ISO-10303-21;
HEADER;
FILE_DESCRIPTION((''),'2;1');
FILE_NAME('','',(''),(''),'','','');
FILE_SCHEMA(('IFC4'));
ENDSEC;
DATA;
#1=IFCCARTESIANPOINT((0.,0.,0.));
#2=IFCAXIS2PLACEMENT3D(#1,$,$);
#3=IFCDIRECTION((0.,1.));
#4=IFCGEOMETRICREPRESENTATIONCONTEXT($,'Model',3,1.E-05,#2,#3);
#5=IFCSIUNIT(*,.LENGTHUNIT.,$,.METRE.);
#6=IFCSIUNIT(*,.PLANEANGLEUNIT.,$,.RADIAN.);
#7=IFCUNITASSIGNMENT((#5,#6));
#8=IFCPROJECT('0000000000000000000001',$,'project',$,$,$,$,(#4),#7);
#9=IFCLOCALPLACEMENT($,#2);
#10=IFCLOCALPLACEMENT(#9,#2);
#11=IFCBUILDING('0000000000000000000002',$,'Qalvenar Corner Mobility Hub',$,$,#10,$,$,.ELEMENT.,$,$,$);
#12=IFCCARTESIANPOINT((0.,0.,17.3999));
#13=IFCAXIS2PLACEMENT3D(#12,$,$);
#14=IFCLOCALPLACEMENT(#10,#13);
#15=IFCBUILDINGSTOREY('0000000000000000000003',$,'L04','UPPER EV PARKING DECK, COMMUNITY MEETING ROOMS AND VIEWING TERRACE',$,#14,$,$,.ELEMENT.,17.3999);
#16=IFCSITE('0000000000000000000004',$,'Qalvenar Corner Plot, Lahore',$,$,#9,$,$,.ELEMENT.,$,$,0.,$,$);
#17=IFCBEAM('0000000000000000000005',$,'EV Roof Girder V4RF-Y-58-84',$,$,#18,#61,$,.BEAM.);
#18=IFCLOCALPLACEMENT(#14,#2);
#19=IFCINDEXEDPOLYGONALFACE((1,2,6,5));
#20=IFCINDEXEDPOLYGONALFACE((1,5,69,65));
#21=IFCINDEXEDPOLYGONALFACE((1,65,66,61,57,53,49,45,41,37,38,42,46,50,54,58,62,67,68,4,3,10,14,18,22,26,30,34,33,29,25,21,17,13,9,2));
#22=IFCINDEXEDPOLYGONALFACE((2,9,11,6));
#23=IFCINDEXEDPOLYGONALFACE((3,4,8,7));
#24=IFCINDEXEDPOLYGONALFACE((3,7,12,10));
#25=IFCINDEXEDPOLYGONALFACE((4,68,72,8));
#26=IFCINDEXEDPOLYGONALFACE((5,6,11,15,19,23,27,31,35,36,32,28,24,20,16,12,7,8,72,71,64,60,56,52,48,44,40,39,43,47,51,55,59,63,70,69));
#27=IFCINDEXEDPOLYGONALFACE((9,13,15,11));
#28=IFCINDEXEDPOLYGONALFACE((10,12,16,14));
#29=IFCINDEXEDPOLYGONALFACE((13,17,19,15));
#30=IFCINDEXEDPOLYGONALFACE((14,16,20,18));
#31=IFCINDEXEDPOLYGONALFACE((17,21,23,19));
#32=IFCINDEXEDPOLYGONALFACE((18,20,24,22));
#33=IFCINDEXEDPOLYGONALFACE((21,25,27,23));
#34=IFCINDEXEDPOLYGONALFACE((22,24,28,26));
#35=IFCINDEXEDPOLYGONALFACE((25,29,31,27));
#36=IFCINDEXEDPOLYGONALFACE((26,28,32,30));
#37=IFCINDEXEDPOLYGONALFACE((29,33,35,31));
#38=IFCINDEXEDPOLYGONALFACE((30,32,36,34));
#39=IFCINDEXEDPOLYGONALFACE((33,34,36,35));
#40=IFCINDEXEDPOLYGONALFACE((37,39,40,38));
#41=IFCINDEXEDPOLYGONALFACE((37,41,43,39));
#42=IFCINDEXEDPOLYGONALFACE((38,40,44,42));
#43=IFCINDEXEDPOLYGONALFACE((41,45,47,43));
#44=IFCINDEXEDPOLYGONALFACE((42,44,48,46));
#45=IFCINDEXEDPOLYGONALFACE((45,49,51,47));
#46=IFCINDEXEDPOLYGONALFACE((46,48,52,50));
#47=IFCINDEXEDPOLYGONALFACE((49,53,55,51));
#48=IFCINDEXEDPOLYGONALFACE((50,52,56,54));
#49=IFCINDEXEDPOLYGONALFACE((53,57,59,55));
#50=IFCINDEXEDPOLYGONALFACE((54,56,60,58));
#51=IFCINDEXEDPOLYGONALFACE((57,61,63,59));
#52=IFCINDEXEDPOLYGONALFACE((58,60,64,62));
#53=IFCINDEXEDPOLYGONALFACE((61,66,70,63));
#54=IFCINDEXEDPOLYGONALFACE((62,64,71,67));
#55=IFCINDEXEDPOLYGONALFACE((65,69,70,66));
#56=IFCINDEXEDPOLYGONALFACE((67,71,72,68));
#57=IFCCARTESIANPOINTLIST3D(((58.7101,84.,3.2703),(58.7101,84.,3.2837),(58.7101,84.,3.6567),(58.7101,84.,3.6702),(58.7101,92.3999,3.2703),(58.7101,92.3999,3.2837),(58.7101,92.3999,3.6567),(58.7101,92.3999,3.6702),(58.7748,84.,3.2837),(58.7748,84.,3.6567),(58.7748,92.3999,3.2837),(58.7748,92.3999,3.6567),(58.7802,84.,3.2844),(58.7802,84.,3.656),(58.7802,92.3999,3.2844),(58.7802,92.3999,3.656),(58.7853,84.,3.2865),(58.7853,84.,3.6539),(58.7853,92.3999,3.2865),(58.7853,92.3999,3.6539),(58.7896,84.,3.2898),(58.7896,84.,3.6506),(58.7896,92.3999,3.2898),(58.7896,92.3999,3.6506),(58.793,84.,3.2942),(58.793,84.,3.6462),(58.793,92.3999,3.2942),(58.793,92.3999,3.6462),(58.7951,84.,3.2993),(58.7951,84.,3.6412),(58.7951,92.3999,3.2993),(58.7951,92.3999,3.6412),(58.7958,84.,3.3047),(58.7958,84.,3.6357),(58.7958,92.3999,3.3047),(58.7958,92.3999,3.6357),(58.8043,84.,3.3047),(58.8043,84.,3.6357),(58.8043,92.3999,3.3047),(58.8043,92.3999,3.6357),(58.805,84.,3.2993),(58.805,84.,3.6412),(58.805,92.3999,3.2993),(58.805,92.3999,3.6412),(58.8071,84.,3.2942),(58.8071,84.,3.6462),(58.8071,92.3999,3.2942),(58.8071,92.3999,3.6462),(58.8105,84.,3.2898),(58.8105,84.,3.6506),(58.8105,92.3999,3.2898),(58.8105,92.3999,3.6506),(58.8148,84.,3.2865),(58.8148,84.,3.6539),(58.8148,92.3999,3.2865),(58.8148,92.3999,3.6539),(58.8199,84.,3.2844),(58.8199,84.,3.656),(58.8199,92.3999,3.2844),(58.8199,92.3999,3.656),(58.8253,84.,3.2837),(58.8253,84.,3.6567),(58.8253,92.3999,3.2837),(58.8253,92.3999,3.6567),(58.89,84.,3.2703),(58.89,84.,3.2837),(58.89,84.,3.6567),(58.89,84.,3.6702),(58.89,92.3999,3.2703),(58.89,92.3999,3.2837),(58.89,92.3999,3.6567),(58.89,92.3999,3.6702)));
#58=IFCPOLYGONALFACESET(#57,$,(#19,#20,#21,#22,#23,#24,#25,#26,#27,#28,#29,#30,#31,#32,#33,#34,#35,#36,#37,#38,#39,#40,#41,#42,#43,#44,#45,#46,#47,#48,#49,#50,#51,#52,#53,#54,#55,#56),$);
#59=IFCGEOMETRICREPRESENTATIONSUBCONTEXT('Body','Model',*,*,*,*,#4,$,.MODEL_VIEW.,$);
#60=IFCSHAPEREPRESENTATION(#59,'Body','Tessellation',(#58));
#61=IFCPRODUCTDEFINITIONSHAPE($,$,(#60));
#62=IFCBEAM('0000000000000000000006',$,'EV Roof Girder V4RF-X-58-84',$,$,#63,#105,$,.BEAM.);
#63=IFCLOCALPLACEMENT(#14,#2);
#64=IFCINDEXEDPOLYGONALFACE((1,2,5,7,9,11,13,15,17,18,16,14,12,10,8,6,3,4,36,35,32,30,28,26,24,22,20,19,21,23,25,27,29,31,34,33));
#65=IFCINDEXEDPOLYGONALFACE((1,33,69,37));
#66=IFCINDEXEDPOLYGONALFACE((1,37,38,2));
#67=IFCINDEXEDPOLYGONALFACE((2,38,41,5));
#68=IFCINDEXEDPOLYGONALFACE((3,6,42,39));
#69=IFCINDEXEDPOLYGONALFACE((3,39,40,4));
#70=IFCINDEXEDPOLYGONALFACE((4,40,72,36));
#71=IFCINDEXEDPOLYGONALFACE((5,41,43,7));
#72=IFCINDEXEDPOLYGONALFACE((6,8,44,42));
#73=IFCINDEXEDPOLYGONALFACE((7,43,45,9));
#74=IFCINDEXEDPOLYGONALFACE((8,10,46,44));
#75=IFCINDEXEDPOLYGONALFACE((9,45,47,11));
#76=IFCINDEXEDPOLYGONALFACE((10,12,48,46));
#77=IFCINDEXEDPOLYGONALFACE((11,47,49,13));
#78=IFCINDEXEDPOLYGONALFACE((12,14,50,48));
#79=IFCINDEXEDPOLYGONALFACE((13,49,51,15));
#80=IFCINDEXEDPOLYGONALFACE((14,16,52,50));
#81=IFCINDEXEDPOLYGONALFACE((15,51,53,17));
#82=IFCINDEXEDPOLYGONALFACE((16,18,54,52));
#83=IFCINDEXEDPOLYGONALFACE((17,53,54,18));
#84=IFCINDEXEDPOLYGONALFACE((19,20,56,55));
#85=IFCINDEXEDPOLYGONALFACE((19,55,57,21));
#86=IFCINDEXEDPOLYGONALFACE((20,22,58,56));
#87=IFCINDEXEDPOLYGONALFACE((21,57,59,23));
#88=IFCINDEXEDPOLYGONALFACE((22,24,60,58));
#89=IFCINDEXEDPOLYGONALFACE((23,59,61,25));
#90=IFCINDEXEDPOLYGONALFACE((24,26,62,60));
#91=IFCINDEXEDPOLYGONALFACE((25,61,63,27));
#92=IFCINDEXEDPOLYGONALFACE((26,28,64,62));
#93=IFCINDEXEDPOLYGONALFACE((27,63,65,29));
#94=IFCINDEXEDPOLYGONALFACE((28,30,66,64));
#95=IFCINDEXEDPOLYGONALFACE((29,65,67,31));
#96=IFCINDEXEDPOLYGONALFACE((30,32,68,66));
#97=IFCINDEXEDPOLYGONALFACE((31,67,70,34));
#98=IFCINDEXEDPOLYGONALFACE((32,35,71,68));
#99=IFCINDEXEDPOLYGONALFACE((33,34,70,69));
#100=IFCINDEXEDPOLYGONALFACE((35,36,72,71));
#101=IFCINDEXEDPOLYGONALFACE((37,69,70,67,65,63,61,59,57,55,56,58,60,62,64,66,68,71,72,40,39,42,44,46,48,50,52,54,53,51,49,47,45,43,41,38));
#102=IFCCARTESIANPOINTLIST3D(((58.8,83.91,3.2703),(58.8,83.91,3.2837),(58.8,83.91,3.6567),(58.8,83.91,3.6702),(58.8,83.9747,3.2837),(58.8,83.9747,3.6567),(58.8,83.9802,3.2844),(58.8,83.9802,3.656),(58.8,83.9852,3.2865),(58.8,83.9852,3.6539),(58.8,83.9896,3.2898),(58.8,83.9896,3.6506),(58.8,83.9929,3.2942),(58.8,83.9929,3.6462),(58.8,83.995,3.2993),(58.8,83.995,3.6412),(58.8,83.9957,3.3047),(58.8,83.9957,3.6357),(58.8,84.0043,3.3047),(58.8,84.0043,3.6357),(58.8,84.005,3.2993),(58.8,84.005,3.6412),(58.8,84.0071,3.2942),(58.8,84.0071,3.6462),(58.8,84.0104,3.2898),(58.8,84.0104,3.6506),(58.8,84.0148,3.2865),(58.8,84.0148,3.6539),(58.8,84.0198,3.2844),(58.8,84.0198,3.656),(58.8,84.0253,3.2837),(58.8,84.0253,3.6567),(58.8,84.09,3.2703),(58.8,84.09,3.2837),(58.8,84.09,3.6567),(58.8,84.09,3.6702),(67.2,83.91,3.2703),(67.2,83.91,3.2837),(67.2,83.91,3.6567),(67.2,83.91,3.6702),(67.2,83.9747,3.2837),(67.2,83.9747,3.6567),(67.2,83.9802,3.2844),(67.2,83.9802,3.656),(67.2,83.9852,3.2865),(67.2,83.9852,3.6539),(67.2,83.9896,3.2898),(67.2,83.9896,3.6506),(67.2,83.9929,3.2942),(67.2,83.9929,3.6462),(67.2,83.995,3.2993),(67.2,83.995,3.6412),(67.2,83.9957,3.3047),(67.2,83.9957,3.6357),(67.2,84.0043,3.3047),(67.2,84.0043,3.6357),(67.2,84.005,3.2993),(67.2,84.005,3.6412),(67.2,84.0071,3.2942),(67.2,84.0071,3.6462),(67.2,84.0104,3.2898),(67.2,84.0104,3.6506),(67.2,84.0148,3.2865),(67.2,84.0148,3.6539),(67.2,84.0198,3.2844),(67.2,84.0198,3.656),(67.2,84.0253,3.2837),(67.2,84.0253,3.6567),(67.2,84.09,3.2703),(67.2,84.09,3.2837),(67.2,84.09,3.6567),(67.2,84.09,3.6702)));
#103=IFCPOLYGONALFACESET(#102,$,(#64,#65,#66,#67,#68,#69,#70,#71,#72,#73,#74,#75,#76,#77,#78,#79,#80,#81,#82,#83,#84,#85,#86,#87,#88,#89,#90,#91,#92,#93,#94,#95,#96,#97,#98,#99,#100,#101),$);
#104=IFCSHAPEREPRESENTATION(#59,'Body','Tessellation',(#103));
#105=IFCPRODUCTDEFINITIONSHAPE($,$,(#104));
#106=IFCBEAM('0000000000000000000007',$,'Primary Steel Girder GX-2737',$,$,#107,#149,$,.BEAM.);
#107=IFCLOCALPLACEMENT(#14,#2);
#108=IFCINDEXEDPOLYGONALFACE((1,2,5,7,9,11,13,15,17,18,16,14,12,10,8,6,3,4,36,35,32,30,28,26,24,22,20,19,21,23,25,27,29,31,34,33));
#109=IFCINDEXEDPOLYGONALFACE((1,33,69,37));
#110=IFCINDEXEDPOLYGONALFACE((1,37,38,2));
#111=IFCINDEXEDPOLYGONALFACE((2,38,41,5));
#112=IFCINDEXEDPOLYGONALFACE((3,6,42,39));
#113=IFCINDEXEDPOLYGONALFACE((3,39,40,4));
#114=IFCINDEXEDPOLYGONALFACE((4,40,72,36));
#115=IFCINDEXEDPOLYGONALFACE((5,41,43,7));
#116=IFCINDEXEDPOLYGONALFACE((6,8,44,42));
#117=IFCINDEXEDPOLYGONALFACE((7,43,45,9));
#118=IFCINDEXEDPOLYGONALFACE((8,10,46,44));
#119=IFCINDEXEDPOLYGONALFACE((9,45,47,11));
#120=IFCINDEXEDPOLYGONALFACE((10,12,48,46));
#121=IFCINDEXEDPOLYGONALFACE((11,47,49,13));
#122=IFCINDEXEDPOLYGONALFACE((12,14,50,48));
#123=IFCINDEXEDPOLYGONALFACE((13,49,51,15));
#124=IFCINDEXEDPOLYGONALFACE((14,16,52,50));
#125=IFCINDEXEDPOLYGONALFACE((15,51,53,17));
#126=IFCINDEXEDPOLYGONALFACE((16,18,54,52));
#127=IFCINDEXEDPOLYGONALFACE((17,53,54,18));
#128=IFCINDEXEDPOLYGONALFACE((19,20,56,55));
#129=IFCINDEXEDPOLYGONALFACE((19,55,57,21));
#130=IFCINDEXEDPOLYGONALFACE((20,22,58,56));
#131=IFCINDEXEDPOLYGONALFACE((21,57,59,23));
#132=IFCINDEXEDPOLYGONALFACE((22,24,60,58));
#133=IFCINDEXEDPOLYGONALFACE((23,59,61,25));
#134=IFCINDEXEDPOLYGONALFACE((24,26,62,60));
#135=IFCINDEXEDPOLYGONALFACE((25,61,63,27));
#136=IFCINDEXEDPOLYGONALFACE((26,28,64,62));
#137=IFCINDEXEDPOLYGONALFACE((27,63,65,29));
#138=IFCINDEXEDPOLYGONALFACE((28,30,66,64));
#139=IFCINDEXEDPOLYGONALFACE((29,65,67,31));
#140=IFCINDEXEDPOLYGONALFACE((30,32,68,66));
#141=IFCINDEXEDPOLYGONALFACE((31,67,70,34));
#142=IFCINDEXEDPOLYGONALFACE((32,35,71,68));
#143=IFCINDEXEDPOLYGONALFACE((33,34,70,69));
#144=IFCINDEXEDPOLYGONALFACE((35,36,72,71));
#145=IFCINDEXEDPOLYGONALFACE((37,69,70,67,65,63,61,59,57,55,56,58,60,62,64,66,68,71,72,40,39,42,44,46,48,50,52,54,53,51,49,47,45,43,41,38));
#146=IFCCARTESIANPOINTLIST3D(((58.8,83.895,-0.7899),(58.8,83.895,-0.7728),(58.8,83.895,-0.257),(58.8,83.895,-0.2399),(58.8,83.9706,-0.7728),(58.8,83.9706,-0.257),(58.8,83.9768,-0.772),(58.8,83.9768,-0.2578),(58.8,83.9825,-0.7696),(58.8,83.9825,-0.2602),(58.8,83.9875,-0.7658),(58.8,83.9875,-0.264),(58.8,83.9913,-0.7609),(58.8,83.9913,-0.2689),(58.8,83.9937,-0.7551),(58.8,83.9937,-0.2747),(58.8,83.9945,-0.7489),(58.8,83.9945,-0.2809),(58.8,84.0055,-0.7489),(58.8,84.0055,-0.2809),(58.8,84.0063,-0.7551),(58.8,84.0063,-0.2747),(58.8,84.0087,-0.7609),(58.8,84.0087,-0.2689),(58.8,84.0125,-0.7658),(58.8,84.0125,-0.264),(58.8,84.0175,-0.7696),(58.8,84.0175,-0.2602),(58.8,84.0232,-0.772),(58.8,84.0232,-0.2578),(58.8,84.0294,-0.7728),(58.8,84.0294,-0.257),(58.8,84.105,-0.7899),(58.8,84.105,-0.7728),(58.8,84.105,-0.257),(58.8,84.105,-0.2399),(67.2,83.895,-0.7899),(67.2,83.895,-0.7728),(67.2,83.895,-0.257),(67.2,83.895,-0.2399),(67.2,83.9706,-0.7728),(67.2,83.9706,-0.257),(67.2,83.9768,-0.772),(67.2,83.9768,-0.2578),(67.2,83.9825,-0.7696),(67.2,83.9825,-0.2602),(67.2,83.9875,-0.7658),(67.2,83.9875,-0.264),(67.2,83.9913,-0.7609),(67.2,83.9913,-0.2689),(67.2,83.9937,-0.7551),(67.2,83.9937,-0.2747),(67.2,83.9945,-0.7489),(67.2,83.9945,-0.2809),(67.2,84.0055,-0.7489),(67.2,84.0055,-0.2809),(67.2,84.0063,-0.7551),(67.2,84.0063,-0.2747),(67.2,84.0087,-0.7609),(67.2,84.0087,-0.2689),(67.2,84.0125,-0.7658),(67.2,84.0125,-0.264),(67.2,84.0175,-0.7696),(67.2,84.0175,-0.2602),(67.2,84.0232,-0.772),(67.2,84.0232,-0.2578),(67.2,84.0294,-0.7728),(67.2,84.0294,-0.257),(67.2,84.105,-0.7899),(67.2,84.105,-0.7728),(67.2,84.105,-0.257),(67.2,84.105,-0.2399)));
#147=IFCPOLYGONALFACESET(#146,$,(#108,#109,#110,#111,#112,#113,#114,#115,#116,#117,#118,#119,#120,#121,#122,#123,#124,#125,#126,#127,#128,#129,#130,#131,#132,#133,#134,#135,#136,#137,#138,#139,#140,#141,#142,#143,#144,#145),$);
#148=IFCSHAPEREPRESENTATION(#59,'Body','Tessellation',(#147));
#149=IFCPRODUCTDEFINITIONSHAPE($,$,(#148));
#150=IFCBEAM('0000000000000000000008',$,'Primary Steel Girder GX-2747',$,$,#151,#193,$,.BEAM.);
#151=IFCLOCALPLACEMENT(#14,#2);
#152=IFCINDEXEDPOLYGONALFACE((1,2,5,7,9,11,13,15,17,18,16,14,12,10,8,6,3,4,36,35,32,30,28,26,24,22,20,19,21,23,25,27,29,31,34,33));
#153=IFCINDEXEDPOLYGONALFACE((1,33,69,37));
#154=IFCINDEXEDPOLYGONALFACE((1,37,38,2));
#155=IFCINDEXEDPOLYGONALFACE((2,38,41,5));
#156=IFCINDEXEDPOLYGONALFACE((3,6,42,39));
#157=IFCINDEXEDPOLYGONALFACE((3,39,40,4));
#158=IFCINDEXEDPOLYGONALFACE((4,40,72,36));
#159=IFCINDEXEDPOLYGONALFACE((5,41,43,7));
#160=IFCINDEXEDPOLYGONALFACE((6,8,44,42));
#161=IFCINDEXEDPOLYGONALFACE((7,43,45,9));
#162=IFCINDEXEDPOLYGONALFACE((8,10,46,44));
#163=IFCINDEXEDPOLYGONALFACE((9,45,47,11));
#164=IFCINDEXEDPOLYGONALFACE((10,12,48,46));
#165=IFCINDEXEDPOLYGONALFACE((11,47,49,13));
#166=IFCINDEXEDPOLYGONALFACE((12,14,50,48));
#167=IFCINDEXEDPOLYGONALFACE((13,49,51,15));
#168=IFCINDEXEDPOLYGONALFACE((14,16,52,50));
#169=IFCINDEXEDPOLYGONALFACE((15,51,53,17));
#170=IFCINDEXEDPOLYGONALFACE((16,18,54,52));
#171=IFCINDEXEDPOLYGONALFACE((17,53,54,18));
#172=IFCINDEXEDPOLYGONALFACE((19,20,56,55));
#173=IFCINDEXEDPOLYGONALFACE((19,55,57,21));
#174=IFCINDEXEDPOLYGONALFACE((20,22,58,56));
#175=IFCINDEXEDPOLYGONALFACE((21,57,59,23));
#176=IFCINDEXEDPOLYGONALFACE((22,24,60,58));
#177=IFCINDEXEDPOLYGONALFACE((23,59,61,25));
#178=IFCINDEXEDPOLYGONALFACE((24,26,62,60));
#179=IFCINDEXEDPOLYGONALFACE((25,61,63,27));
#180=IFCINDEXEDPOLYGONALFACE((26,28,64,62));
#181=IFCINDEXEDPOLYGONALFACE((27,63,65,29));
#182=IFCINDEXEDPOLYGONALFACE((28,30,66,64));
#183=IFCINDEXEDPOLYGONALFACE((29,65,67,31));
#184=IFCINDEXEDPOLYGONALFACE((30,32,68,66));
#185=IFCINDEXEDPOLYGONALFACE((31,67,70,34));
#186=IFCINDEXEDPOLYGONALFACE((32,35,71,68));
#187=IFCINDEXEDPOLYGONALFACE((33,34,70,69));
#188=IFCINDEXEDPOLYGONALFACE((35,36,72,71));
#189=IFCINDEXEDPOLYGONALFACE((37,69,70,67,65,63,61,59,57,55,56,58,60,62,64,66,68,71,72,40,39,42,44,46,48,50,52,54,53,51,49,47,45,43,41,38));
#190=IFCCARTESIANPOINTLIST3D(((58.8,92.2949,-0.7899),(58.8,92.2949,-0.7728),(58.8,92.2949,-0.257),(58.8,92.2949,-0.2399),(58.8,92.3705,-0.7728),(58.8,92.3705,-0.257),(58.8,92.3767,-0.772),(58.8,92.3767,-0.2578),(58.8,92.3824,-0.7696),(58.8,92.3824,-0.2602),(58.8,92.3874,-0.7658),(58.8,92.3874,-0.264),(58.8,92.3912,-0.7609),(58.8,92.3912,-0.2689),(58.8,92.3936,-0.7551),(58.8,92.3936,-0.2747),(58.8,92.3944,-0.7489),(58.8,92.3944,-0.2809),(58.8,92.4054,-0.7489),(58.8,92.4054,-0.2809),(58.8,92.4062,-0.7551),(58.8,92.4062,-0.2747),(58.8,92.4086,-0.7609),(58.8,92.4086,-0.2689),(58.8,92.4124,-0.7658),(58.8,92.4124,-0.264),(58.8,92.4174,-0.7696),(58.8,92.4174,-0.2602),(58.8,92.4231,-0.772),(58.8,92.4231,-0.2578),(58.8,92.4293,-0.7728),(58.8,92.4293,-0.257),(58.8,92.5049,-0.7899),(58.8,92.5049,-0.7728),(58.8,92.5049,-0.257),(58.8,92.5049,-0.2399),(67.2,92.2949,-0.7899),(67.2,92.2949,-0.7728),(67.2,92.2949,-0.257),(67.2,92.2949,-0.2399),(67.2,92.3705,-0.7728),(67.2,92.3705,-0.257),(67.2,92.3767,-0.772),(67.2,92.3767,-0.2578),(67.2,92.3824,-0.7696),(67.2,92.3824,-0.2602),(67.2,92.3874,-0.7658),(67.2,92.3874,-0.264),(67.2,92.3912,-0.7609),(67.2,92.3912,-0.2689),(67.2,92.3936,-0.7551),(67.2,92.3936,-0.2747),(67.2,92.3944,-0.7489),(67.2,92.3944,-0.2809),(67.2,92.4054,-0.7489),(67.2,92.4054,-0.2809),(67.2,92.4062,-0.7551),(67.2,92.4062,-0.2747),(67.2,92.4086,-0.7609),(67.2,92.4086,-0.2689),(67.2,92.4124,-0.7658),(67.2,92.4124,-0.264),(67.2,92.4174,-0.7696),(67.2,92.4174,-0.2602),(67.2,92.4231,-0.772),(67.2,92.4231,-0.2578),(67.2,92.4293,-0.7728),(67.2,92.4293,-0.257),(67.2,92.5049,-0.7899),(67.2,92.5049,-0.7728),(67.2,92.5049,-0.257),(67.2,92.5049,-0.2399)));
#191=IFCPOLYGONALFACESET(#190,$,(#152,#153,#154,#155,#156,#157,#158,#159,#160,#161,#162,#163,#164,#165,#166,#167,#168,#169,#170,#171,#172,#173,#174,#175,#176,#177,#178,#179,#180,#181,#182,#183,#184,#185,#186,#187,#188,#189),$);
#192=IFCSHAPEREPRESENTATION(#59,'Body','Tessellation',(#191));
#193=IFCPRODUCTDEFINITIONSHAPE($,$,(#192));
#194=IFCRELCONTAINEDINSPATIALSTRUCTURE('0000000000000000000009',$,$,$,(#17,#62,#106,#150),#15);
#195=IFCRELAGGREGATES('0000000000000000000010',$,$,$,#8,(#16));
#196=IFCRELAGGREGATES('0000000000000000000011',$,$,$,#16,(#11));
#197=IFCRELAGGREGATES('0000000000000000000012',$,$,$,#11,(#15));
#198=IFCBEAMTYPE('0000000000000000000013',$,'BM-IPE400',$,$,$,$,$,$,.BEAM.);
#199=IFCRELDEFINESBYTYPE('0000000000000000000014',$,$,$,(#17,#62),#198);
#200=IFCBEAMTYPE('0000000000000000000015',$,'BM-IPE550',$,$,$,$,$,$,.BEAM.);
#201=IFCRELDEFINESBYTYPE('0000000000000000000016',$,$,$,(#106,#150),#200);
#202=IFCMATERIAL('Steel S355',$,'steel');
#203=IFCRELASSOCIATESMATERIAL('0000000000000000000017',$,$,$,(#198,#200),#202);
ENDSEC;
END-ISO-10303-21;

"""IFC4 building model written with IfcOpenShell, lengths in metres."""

from ifc_helpers import new_model, si_unit, direction, frame, origin, origin_2d, place, context, subcontext, project, spatial, i_section, extrude, material, material_profile, profile_set, type_object, element, save


model = new_model("IFC4")

# Units and contexts
model_context = context("Model", 3, precision=1e-05, world=origin(), true_north=direction((0.0, 1.0)))
body_context = subcontext(model_context, "Body", "Model", "MODEL_VIEW")
ifc_project = project(units=[si_unit("LENGTHUNIT", "METRE"), si_unit("PLANEANGLEUNIT", "RADIAN")], contexts=[model_context])

# Site, building, storey
site_placement = place(None, origin())
site = spatial("IfcSite", under=ifc_project, at=site_placement, Name="Qalvenar Corner Plot, Lahore", CompositionType="ELEMENT", RefElevation=0.0)
building_placement = place(site_placement, origin())
building = spatial("IfcBuilding", under=site, at=building_placement, Name="Qalvenar Corner Mobility Hub", CompositionType="ELEMENT")
storey_placement = place(building_placement, frame((0.0, 0.0, 17.3999)))
storey = spatial("IfcBuildingStorey", under=building, at=storey_placement, Name="L04", Description="UPPER EV PARKING DECK, COMMUNITY MEETING ROOMS AND VIEWING TERRACE", CompositionType="ELEMENT", Elevation=17.3999)

# Beams
ifc_material_1 = material(Name="Steel S355", Category="steel")
ifc_material_profile_1 = material_profile(ifc_material_1, i_section(OverallWidth=0.1799, OverallDepth=0.3999, WebThickness=0.0085, FlangeThickness=0.0134, FilletRadius=0.021, at=origin_2d()), Name="IPE400")
ifc_profile_set_1 = profile_set([ifc_material_profile_1], Name="Steel S355")
beam_type_1 = type_object("IfcBeamType", Name="BM-IPE400", PredefinedType="BEAM", material=ifc_profile_set_1)
for number, where, z_axis, x_axis, name in (
    (1, (58.8, 84.0, 3.4702), (0.0, 1.0, 0.0), (-1.0, 0.0, 0.0), "EV Roof Girder V4RF-Y-58-84"),
    (2, (58.8, 84.0, 3.4702), (1.0, 0.0, 0.0), (0.0, 1.0, 0.0), "EV Roof Girder V4RF-X-58-84"),
):
    element("IfcBeam", number, at=place(storey_placement, frame(where, z_axis=z_axis, x_axis=x_axis)), inside=storey, type_object=beam_type_1, Name=name, PredefinedType="BEAM", context=body_context, shape_type="SweptSolid", body=[
        extrude(i_section(OverallWidth=0.1799, OverallDepth=0.3999, WebThickness=0.0085, FlangeThickness=0.0134, FilletRadius=0.021, at=origin_2d()), origin(), (0.0, 0.0, 1.0), 8.3999),
    ])
ifc_material_profile_2 = material_profile(ifc_material_1, i_section(OverallWidth=0.21, OverallDepth=0.55, WebThickness=0.011, FlangeThickness=0.0171, FilletRadius=0.0239, at=origin_2d()), Name="IPE550")
ifc_profile_set_2 = profile_set([ifc_material_profile_2], Name="Steel S355")
beam_type_2 = type_object("IfcBeamType", Name="BM-IPE550", PredefinedType="BEAM", material=ifc_profile_set_2)
for number, where, z_axis, x_axis, name in (
    (3, (58.8, 84.0, -0.5149), (1.0, 0.0, 0.0), (0.0, 1.0, 0.0), "Primary Steel Girder GX-2737"),
    (4, (58.8, 92.3999, -0.5149), (1.0, 0.0, 0.0), (0.0, 1.0, 0.0), "Primary Steel Girder GX-2747"),
):
    element("IfcBeam", number, at=place(storey_placement, frame(where, z_axis=z_axis, x_axis=x_axis)), inside=storey, type_object=beam_type_2, Name=name, PredefinedType="BEAM", context=body_context, shape_type="SweptSolid", body=[
        extrude(i_section(OverallWidth=0.21, OverallDepth=0.55, WebThickness=0.011, FlangeThickness=0.0171, FilletRadius=0.0239, at=origin_2d()), origin(), (0.0, 0.0, 1.0), 8.3999),
    ])

save(model, "model.ifc")
